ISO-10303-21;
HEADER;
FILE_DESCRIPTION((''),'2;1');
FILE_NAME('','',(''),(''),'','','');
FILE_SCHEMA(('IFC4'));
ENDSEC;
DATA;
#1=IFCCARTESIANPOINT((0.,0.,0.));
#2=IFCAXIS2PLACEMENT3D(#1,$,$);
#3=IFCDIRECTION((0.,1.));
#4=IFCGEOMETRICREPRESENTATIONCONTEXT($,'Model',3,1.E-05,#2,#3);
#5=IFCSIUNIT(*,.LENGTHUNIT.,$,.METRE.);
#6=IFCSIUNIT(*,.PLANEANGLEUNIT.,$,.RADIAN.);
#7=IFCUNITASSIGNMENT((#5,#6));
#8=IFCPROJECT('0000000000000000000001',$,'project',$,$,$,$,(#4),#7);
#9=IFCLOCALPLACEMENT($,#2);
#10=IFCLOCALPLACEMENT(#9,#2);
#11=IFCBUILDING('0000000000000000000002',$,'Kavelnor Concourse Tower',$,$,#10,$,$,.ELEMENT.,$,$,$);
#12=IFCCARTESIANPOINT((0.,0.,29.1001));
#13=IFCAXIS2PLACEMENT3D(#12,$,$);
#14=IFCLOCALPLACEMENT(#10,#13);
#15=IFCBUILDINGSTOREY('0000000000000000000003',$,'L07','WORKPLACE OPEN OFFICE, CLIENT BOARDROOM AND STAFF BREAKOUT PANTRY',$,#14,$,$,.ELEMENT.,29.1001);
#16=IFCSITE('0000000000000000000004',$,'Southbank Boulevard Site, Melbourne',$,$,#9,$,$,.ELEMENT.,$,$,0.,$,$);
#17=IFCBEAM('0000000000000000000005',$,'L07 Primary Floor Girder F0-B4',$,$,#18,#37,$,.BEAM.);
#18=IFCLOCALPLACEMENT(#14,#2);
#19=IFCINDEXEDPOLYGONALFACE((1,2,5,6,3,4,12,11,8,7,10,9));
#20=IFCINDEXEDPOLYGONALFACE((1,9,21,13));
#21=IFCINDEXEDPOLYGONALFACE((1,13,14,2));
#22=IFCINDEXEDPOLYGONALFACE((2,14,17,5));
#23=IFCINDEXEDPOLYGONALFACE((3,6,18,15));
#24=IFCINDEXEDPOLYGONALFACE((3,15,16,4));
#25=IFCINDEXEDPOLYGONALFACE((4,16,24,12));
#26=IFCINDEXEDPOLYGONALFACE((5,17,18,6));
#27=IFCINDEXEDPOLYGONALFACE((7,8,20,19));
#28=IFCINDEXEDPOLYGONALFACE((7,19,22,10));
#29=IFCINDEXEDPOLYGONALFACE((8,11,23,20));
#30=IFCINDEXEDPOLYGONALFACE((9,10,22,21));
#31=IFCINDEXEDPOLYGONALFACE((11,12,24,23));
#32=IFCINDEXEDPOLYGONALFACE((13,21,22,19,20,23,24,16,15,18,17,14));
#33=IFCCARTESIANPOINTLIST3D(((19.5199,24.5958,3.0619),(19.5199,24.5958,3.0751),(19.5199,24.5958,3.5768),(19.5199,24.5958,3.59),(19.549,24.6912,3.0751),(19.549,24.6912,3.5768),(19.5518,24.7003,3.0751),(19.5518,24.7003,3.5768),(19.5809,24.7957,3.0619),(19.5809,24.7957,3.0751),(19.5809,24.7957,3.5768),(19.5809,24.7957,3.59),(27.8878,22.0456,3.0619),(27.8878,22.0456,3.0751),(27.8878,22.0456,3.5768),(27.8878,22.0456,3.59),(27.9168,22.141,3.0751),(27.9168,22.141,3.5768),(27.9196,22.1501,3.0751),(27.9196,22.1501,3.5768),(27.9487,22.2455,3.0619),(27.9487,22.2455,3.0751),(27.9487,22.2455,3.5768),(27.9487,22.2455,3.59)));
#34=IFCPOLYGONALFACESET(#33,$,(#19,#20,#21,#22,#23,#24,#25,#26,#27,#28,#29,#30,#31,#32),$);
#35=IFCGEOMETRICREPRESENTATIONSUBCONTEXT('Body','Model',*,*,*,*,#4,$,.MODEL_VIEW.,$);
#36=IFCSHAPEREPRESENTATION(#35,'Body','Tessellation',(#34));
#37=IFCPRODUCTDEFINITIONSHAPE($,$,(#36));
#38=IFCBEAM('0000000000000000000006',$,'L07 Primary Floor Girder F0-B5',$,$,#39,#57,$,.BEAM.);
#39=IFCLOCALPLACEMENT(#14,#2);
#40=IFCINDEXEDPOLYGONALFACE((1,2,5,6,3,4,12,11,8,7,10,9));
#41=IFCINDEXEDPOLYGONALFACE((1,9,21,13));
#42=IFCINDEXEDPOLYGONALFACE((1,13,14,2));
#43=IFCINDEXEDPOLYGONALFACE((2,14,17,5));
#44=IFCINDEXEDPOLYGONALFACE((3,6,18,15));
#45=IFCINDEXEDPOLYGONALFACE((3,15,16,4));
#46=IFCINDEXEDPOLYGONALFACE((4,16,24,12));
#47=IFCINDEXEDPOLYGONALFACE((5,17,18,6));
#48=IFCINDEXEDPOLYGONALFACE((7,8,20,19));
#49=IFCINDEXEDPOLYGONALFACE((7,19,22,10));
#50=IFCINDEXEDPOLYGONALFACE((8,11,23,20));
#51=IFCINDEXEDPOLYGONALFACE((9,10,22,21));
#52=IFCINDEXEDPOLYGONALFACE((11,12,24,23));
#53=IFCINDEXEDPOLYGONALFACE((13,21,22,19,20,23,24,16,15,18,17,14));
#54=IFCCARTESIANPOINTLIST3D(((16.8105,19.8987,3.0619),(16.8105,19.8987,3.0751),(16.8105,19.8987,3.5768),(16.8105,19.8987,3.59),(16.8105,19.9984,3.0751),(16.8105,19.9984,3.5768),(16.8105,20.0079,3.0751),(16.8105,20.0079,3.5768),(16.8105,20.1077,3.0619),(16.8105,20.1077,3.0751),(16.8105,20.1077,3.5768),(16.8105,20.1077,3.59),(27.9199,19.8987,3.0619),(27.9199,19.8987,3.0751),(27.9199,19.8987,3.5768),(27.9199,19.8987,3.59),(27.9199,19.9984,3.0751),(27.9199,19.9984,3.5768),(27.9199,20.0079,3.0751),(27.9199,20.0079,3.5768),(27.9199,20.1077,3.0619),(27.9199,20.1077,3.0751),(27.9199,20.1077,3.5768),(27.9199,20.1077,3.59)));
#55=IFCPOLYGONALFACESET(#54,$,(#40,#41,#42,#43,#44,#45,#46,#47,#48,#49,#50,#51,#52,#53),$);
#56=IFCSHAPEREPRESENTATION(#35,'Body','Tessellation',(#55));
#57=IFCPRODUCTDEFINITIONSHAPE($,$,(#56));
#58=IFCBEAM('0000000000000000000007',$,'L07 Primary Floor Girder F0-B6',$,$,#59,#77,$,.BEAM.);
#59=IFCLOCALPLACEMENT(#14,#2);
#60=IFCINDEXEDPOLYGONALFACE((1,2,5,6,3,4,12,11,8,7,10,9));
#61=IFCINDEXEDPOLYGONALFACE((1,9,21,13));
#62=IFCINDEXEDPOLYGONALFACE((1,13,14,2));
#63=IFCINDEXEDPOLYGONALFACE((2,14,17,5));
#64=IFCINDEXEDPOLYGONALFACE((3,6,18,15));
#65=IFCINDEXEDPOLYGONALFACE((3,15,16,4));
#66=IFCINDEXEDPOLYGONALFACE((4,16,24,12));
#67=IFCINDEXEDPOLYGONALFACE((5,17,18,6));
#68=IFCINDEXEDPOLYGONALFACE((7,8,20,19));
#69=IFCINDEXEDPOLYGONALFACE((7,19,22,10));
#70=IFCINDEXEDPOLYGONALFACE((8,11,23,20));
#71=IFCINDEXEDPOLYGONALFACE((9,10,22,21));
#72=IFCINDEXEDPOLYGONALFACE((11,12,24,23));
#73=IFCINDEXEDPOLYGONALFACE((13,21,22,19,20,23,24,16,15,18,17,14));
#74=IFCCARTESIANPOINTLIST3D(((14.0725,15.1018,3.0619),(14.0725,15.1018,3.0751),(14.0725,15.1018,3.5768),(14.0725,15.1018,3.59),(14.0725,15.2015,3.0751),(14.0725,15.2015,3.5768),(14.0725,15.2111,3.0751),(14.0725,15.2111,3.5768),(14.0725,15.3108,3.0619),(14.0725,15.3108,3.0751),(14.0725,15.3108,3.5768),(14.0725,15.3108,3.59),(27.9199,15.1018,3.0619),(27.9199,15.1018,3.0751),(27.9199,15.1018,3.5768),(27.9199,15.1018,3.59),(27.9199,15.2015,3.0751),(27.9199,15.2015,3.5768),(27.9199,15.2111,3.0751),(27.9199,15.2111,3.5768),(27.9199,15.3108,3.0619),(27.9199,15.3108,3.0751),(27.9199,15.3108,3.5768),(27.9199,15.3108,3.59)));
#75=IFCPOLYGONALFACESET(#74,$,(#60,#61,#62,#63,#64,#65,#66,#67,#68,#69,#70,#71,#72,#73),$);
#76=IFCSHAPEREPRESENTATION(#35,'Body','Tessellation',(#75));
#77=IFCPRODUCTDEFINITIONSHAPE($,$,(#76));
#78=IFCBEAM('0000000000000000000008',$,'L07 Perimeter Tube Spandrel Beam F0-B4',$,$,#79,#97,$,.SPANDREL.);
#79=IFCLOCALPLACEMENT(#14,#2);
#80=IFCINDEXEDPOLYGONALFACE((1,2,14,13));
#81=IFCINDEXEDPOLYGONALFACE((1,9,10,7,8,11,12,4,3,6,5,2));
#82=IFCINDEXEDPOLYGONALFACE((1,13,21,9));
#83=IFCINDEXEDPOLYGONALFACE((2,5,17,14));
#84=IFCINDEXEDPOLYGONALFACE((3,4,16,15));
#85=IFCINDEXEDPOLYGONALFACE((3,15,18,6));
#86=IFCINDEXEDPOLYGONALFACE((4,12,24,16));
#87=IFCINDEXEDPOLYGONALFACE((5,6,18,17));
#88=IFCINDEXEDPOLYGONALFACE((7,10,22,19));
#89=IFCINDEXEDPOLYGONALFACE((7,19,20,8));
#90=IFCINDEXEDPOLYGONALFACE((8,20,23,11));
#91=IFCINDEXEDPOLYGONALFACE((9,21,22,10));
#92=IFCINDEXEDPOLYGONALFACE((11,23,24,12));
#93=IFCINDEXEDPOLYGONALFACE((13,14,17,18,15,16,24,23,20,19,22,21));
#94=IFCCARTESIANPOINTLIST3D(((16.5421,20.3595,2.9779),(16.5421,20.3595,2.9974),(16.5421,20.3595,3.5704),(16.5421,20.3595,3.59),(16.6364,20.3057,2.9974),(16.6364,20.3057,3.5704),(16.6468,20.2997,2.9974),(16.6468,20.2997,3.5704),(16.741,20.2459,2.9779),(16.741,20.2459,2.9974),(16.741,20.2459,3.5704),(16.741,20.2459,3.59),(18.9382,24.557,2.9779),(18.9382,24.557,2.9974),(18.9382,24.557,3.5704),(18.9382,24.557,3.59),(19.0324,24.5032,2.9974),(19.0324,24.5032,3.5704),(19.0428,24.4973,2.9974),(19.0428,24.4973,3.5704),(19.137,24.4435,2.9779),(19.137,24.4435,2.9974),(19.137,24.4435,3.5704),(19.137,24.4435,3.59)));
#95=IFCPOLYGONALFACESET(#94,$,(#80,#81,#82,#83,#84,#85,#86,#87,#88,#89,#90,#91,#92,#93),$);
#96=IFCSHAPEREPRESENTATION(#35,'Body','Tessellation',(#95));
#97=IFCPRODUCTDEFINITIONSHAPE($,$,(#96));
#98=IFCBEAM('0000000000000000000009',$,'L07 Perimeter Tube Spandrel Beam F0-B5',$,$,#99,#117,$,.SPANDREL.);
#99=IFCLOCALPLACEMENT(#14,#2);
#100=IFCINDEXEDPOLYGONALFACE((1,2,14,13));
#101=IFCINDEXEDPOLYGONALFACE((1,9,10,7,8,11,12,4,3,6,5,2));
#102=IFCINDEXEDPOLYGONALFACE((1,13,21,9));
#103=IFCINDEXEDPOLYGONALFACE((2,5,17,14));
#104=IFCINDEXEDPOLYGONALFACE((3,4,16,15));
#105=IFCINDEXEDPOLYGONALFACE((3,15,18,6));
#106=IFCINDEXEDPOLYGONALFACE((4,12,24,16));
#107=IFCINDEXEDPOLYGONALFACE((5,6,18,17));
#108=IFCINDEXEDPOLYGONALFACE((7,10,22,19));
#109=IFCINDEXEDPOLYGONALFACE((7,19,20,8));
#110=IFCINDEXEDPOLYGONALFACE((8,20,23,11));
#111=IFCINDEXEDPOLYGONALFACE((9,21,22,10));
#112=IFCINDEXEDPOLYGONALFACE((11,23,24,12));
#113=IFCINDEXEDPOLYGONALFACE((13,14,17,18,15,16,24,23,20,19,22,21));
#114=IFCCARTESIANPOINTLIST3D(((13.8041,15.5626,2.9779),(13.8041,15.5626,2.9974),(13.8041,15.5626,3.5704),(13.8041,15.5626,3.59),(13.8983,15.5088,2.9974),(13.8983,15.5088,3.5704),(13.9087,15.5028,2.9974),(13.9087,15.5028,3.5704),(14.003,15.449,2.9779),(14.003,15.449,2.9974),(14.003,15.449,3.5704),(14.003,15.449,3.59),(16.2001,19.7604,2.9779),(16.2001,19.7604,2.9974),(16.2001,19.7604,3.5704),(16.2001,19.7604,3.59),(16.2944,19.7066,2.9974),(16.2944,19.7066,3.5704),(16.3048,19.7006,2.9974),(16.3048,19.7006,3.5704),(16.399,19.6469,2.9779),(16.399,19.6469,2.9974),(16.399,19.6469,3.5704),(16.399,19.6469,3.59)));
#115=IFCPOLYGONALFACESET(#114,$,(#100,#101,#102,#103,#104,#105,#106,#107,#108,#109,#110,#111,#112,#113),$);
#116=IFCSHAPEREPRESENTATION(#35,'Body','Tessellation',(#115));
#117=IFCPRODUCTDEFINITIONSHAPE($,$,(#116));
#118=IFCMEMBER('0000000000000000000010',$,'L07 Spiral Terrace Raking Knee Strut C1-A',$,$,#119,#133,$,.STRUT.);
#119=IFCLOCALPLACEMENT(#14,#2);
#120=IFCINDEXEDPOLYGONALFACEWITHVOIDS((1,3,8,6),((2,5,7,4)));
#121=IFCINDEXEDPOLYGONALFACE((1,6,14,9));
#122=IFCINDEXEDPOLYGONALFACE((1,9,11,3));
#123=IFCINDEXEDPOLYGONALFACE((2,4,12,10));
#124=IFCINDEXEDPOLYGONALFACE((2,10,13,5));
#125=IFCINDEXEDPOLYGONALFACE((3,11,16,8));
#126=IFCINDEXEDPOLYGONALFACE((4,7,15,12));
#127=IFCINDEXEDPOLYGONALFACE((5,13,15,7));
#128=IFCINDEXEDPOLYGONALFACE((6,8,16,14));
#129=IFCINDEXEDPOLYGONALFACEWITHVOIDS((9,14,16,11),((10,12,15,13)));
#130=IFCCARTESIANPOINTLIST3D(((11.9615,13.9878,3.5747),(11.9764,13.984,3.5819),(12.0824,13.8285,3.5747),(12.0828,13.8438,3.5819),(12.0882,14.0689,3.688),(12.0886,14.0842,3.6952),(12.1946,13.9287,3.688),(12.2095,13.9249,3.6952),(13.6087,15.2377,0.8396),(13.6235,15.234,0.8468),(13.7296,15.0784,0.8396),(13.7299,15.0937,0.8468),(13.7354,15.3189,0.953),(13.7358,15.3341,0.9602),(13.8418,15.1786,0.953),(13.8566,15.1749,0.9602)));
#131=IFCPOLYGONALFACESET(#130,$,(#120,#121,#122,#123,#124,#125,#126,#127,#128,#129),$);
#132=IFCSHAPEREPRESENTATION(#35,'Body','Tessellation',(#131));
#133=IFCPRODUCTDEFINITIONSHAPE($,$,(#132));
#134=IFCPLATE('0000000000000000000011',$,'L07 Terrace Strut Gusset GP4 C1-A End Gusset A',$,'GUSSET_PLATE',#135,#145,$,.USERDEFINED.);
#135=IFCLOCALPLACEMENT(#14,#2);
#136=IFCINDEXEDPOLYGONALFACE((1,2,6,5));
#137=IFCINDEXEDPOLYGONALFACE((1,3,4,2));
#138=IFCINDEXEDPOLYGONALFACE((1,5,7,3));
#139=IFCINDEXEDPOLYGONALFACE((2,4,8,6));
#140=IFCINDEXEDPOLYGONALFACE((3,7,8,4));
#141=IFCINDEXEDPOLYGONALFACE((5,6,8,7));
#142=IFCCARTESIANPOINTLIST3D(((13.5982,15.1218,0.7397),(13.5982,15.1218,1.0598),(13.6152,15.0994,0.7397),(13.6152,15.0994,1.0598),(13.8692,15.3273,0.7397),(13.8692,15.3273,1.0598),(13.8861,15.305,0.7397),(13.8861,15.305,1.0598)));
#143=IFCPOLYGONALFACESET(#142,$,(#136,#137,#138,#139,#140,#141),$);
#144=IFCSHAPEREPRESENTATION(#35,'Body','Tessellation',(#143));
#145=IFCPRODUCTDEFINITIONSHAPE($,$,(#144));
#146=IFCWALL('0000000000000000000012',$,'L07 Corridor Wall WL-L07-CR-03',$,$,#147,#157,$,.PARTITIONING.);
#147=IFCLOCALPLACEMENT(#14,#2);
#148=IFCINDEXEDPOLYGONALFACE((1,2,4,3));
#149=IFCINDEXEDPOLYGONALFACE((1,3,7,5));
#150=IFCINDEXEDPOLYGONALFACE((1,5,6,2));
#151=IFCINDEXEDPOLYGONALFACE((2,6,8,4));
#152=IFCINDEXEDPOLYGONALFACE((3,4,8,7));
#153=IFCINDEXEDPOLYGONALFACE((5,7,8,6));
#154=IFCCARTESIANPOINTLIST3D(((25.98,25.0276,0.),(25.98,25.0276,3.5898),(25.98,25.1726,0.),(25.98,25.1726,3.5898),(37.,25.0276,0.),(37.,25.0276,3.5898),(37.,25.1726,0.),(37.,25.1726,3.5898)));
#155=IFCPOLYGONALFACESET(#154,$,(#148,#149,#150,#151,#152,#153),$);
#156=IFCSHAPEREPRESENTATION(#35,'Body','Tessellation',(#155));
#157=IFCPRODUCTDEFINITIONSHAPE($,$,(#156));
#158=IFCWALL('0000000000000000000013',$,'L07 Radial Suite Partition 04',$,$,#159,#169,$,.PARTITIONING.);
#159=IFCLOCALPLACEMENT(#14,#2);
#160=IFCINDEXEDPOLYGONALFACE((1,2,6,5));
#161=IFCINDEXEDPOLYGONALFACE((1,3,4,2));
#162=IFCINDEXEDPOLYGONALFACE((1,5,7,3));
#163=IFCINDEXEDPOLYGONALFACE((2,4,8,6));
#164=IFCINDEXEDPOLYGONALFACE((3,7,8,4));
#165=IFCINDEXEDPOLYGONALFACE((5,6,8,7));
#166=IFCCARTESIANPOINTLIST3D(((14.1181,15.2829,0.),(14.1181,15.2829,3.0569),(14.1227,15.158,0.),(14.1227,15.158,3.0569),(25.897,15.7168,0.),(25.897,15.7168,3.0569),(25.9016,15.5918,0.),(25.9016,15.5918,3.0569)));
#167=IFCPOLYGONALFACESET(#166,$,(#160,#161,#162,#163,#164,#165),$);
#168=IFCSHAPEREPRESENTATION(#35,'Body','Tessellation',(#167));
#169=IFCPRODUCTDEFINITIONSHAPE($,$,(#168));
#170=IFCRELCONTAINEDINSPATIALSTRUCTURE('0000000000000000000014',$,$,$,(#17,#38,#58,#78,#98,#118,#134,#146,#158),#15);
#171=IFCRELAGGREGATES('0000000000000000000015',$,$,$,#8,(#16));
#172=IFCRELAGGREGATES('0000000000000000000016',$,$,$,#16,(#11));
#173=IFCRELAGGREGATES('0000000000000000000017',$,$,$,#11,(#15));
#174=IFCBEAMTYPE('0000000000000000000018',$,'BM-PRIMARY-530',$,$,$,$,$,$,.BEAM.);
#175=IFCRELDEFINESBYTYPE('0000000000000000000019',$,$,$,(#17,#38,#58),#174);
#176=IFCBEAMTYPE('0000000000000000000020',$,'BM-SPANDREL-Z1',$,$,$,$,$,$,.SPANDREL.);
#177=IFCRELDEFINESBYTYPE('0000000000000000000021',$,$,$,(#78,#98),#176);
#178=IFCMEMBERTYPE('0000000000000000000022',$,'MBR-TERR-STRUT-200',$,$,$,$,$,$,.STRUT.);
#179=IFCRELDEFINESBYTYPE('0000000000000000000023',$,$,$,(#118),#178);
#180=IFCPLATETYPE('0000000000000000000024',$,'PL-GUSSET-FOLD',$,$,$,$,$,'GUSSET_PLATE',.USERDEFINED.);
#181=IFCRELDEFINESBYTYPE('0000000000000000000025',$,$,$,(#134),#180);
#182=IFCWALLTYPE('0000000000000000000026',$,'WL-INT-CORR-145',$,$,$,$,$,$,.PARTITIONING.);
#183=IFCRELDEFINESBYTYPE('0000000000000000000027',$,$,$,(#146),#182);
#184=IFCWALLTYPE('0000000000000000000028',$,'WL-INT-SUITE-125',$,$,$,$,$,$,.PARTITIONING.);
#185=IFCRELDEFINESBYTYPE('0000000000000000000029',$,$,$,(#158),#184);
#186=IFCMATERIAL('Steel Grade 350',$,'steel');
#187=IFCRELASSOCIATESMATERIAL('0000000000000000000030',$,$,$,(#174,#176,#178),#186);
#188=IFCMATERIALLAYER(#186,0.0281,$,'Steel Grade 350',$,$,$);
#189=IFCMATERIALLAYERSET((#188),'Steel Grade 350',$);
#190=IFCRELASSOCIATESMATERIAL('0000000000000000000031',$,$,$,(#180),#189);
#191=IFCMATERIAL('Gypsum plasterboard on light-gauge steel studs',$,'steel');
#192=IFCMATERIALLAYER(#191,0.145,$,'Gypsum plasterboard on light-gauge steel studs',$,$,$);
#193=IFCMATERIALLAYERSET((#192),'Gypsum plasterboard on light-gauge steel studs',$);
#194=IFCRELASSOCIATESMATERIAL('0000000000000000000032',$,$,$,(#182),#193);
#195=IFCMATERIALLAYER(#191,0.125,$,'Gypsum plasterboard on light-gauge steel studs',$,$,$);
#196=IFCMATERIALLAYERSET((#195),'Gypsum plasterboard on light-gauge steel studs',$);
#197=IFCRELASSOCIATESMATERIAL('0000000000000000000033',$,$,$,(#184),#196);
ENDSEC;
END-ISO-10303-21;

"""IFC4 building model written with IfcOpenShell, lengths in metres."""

from ifc_helpers import new_model, si_unit, direction, frame, frame_2d, origin, origin_2d, place, context, subcontext, project, spatial, rectangle, hollow_rectangle, i_section, extrude, material, layer, layer_set, material_profile, profile_set, type_object, element, save


model = new_model("IFC4")

# Units and contexts
model_context = context("Model", 3, precision=1e-05, world=origin(), true_north=direction((0.0, 1.0)))
body_context = subcontext(model_context, "Body", "Model", "MODEL_VIEW")
ifc_project = project(units=[si_unit("LENGTHUNIT", "METRE"), si_unit("PLANEANGLEUNIT", "RADIAN")], contexts=[model_context])

# Site, building, storey
site_placement = place(None, origin())
site = spatial("IfcSite", under=ifc_project, at=site_placement, Name="Southbank Boulevard Site, Melbourne", CompositionType="ELEMENT", RefElevation=0.0)
building_placement = place(site_placement, origin())
building = spatial("IfcBuilding", under=site, at=building_placement, Name="Kavelnor Concourse Tower", CompositionType="ELEMENT")
storey_placement = place(building_placement, frame((0.0, 0.0, 29.1001)))
storey = spatial("IfcBuildingStorey", under=building, at=storey_placement, Name="L07", Description="WORKPLACE OPEN OFFICE, CLIENT BOARDROOM AND STAFF BREAKOUT PANTRY", CompositionType="ELEMENT", Elevation=29.1001)

# Shared definitions
ifc_material_1 = material(Name="Steel Grade 350", Category="steel")

# Beams
ifc_material_profile_1 = material_profile(ifc_material_1, i_section(OverallWidth=0.209, OverallDepth=0.5281, WebThickness=0.0095, FlangeThickness=0.0132, at=origin_2d()), Name="530UB82")
ifc_profile_set_1 = profile_set([ifc_material_profile_1], Name="Steel Grade 350")
beam_type_1 = type_object("IfcBeamType", Name="BM-PRIMARY-530", PredefinedType="BEAM", material=ifc_profile_set_1)
beam_1_placement = place(storey_placement, frame((27.9182, 22.1455, 3.3259), z_axis=(-0.956561, 0.291531, 0.0), x_axis=(-0.291531, -0.956561, 0.0)))
element("IfcBeam", 1, at=beam_1_placement, inside=storey, type_object=beam_type_1, Name="L07 Primary Floor Girder F0-B4", PredefinedType="BEAM", context=body_context, shape_type="SweptSolid", body=[
    extrude(i_section(OverallWidth=0.209, OverallDepth=0.5281, WebThickness=0.0095, FlangeThickness=0.0132, at=origin_2d()), origin(), (0.0, 0.0, 1.0), 8.7478),
])
beam_2_placement = place(storey_placement, frame((27.9199, 20.0032, 3.3259), z_axis=(-1.0, 0.0, 0.0), x_axis=(0.0, -1.0, 0.0)))
element("IfcBeam", 2, at=beam_2_placement, inside=storey, type_object=beam_type_1, Name="L07 Primary Floor Girder F0-B5", PredefinedType="BEAM", context=body_context, shape_type="SweptSolid", body=[
    extrude(i_section(OverallWidth=0.209, OverallDepth=0.5281, WebThickness=0.0095, FlangeThickness=0.0132, at=origin_2d()), origin(), (0.0, 0.0, 1.0), 11.1094),
])
beam_3_placement = place(storey_placement, frame((27.9199, 15.2063, 3.3259), z_axis=(-1.0, 0.0, 0.0), x_axis=(0.0, -1.0, 0.0)))
element("IfcBeam", 3, at=beam_3_placement, inside=storey, type_object=beam_type_1, Name="L07 Primary Floor Girder F0-B6", PredefinedType="BEAM", context=body_context, shape_type="SweptSolid", body=[
    extrude(i_section(OverallWidth=0.209, OverallDepth=0.5281, WebThickness=0.0095, FlangeThickness=0.0132, at=origin_2d()), origin(), (0.0, 0.0, 1.0), 13.8474),
])
ifc_material_profile_2 = material_profile(ifc_material_1, i_section(OverallWidth=0.229, OverallDepth=0.6121, WebThickness=0.012, FlangeThickness=0.0195, at=origin_2d()), Name="610UB125")
ifc_profile_set_2 = profile_set([ifc_material_profile_2], Name="Steel Grade 350")
beam_type_2 = type_object("IfcBeamType", Name="BM-SPANDREL-Z1", PredefinedType="SPANDREL", material=ifc_profile_set_2)
beam_4_placement = place(storey_placement, frame((19.0376, 24.5002, 3.2839), z_axis=(-0.495736, -0.868473, 0.0), x_axis=(0.868473, -0.495736, 0.0)))
element("IfcBeam", 4, at=beam_4_placement, inside=storey, type_object=beam_type_2, Name="L07 Perimeter Tube Spandrel Beam F0-B4", PredefinedType="SPANDREL", context=body_context, shape_type="SweptSolid", body=[
    extrude(i_section(OverallWidth=0.229, OverallDepth=0.6121, WebThickness=0.012, FlangeThickness=0.0195, at=origin_2d()), origin(), (0.0, 0.0, 1.0), 4.8333),
])
beam_5_placement = place(storey_placement, frame((16.2996, 19.7036, 3.2839), z_axis=(-0.495715, -0.868485, 0.0), x_axis=(0.868485, -0.495715, 0.0)))
element("IfcBeam", 5, at=beam_5_placement, inside=storey, type_object=beam_type_2, Name="L07 Perimeter Tube Spandrel Beam F0-B5", PredefinedType="SPANDREL", context=body_context, shape_type="SweptSolid", body=[
    extrude(i_section(OverallWidth=0.229, OverallDepth=0.6121, WebThickness=0.012, FlangeThickness=0.0195, at=origin_2d()), origin(), (0.0, 0.0, 1.0), 4.8335),
])

# Member
ifc_material_profile_3 = material_profile(ifc_material_1, hollow_rectangle(XDim=0.2, YDim=0.2, WallThickness=0.012, at=origin_2d()), Name="SHS 200x200x12")
ifc_profile_set_3 = profile_set([ifc_material_profile_3], Name="Steel Grade 350")
member_type = type_object("IfcMemberType", Name="MBR-TERR-STRUT-200", PredefinedType="STRUT", material=ifc_profile_set_3)
member_placement = place(storey_placement, frame((13.7327, 15.2063, 0.8999), z_axis=(-0.480407, -0.36456, 0.797688), x_axis=(0.604505, -0.796601, 0.0)))
element("IfcMember", 6, at=member_placement, inside=storey, type_object=member_type, Name="L07 Spiral Terrace Raking Knee Strut C1-A", PredefinedType="STRUT", context=body_context, shape_type="SweptSolid", body=[
    extrude(hollow_rectangle(XDim=0.2, YDim=0.2, WallThickness=0.012, at=origin_2d()), origin(), (0.0, 0.0, 1.0), 3.4287),
])

# Plate
ifc_layer_1 = layer(ifc_material_1, 0.0281, Name="Steel Grade 350")
ifc_layer_set_1 = layer_set([ifc_layer_1], Name="Steel Grade 350")
plate_type = type_object("IfcPlateType", Name="PL-GUSSET-FOLD", ElementType="GUSSET_PLATE", PredefinedType="USERDEFINED", material=ifc_layer_set_1)
plate_placement = place(storey_placement, frame((13.7422, 15.2134, 0.7397), z_axis=(0.0, 0.0, 1.0), x_axis=(-0.796635, -0.60446, 0.0)))
element("IfcPlate", 7, at=plate_placement, inside=storey, type_object=plate_type, Name="L07 Terrace Strut Gusset GP4 C1-A End Gusset A", ObjectType="GUSSET_PLATE", PredefinedType="USERDEFINED", context=body_context, shape_type="SweptSolid", body=[
    extrude(rectangle(XDim=0.3401, YDim=0.0281, at=origin_2d()), origin(), (0.0, 0.0, 1.0), 0.3201),
])

# Walls
ifc_material_2 = material(Name="Gypsum plasterboard on light-gauge steel studs", Category="steel")
ifc_layer_2 = layer(ifc_material_2, 0.145, Name="Gypsum plasterboard on light-gauge steel studs")
ifc_layer_set_2 = layer_set([ifc_layer_2], Name="Gypsum plasterboard on light-gauge steel studs")
wall_type_1 = type_object("IfcWallType", Name="WL-INT-CORR-145", PredefinedType="PARTITIONING", material=ifc_layer_set_2)
wall_1_placement = place(storey_placement, frame((25.98, 25.1001, 0.0), z_axis=(0.0, 0.0, 1.0), x_axis=(1.0, 0.0, 0.0)))
element("IfcWall", 8, at=wall_1_placement, inside=storey, type_object=wall_type_1, Name="L07 Corridor Wall WL-L07-CR-03", PredefinedType="PARTITIONING", context=body_context, shape_type="SweptSolid", body=[
    extrude(rectangle(XDim=11.02, YDim=0.145, at=frame_2d((5.51, 0.0))), origin(), (0.0, 0.0, 1.0), 3.5898),
])
ifc_layer_3 = layer(ifc_material_2, 0.125, Name="Gypsum plasterboard on light-gauge steel studs")
ifc_layer_set_3 = layer_set([ifc_layer_3], Name="Gypsum plasterboard on light-gauge steel studs")
wall_type_2 = type_object("IfcWallType", Name="WL-INT-SUITE-125", PredefinedType="PARTITIONING", material=ifc_layer_set_3)
wall_2_placement = place(storey_placement, frame((25.8994, 15.6543, 0.0), z_axis=(0.0, 0.0, 1.0), x_axis=(-0.999322, -0.036807, 0.0)))
element("IfcWall", 9, at=wall_2_placement, inside=storey, type_object=wall_type_2, Name="L07 Radial Suite Partition 04", PredefinedType="PARTITIONING", context=body_context, shape_type="SweptSolid", body=[
    extrude(rectangle(XDim=11.7869, YDim=0.125, at=frame_2d((5.8936, 0.0))), origin(), (0.0, 0.0, 1.0), 3.0569),
])

save(model, "model.ifc")
